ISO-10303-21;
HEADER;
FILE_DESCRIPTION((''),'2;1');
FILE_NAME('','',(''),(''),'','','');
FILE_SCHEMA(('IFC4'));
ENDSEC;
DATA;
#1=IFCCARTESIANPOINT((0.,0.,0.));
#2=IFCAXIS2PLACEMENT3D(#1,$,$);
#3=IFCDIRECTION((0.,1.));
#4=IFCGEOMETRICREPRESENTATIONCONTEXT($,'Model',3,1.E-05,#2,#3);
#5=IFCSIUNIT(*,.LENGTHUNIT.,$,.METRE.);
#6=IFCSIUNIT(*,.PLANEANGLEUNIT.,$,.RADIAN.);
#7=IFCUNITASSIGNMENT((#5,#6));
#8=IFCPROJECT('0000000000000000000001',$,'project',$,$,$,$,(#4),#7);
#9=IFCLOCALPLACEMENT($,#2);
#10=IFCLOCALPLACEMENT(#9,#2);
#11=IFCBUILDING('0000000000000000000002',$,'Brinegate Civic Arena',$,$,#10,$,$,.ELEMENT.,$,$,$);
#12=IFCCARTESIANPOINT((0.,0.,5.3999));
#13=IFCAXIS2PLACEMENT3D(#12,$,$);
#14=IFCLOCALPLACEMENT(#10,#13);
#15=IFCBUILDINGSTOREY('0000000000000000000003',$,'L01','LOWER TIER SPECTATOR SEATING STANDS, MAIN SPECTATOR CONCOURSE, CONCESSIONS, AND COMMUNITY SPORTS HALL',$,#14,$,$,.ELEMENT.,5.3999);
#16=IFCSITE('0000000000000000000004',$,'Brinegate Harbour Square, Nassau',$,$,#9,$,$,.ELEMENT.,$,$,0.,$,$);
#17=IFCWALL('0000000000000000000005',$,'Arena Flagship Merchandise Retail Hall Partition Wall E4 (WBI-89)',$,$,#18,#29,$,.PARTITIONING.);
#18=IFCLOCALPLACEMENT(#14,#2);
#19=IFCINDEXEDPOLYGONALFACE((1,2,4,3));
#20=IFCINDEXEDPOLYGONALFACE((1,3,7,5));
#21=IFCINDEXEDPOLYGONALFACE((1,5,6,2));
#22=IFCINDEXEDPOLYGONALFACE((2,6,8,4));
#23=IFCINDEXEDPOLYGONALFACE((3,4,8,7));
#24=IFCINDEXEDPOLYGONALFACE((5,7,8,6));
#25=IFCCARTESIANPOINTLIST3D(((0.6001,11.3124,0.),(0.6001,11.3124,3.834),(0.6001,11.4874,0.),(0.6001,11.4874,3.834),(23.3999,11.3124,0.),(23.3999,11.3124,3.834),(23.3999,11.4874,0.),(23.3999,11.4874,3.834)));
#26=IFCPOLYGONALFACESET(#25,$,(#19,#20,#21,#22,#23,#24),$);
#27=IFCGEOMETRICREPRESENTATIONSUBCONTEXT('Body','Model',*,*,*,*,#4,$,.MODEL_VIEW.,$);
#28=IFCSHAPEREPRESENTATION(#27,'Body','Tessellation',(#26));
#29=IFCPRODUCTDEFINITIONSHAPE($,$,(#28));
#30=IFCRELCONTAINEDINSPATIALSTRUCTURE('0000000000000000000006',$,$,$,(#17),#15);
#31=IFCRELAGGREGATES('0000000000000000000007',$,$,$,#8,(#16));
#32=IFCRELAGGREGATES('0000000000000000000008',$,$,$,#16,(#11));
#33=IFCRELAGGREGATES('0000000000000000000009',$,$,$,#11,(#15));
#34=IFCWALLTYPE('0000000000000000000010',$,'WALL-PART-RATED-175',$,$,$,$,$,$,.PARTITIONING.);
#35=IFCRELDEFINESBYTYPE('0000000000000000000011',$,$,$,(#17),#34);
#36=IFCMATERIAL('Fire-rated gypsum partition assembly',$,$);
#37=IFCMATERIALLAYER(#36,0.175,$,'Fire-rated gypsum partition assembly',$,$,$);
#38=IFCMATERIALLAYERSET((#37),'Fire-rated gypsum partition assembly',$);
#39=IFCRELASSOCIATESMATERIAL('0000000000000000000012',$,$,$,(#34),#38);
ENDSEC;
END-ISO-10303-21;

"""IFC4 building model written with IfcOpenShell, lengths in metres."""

from ifc_helpers import new_model, si_unit, direction, frame, frame_2d, origin, place, context, subcontext, project, spatial, rectangle, extrude, material, layer, layer_set, type_object, element, save


model = new_model("IFC4")

# Units and contexts
model_context = context("Model", 3, precision=1e-05, world=origin(), true_north=direction((0.0, 1.0)))
body_context = subcontext(model_context, "Body", "Model", "MODEL_VIEW")
ifc_project = project(units=[si_unit("LENGTHUNIT", "METRE"), si_unit("PLANEANGLEUNIT", "RADIAN")], contexts=[model_context])

# Site, building, storey
site_placement = place(None, origin())
site = spatial("IfcSite", under=ifc_project, at=site_placement, Name="Brinegate Harbour Square, Nassau", CompositionType="ELEMENT", RefElevation=0.0)
building_placement = place(site_placement, origin())
building = spatial("IfcBuilding", under=site, at=building_placement, Name="Brinegate Civic Arena", CompositionType="ELEMENT")
storey_placement = place(building_placement, frame((0.0, 0.0, 5.3999)))
storey = spatial("IfcBuildingStorey", under=building, at=storey_placement, Name="L01", Description="LOWER TIER SPECTATOR SEATING STANDS, MAIN SPECTATOR CONCOURSE, CONCESSIONS, AND COMMUNITY SPORTS HALL", CompositionType="ELEMENT", Elevation=5.3999)

# Wall
ifc_material_1 = material(Name="Fire-rated gypsum partition assembly")
ifc_layer_1 = layer(ifc_material_1, 0.175, Name="Fire-rated gypsum partition assembly")
ifc_layer_set_1 = layer_set([ifc_layer_1], Name="Fire-rated gypsum partition assembly")
wall_type_1 = type_object("IfcWallType", Name="WALL-PART-RATED-175", PredefinedType="PARTITIONING", material=ifc_layer_set_1)
wall_1_placement = place(storey_placement, frame((0.6001, 11.3999, 0.0), z_axis=(0.0, 0.0, 1.0), x_axis=(1.0, 0.0, 0.0)))
element("IfcWall", 1, at=wall_1_placement, inside=storey, type_object=wall_type_1, Name="Arena Flagship Merchandise Retail Hall Partition Wall E4 (WBI-89)", PredefinedType="PARTITIONING", context=body_context, shape_type="SweptSolid", body=[
    extrude(rectangle(XDim=22.7998, YDim=0.175, at=frame_2d((11.3999, 0.0))), origin(), (0.0, 0.0, 1.0), 3.834),
])

save(model, "model.ifc")
